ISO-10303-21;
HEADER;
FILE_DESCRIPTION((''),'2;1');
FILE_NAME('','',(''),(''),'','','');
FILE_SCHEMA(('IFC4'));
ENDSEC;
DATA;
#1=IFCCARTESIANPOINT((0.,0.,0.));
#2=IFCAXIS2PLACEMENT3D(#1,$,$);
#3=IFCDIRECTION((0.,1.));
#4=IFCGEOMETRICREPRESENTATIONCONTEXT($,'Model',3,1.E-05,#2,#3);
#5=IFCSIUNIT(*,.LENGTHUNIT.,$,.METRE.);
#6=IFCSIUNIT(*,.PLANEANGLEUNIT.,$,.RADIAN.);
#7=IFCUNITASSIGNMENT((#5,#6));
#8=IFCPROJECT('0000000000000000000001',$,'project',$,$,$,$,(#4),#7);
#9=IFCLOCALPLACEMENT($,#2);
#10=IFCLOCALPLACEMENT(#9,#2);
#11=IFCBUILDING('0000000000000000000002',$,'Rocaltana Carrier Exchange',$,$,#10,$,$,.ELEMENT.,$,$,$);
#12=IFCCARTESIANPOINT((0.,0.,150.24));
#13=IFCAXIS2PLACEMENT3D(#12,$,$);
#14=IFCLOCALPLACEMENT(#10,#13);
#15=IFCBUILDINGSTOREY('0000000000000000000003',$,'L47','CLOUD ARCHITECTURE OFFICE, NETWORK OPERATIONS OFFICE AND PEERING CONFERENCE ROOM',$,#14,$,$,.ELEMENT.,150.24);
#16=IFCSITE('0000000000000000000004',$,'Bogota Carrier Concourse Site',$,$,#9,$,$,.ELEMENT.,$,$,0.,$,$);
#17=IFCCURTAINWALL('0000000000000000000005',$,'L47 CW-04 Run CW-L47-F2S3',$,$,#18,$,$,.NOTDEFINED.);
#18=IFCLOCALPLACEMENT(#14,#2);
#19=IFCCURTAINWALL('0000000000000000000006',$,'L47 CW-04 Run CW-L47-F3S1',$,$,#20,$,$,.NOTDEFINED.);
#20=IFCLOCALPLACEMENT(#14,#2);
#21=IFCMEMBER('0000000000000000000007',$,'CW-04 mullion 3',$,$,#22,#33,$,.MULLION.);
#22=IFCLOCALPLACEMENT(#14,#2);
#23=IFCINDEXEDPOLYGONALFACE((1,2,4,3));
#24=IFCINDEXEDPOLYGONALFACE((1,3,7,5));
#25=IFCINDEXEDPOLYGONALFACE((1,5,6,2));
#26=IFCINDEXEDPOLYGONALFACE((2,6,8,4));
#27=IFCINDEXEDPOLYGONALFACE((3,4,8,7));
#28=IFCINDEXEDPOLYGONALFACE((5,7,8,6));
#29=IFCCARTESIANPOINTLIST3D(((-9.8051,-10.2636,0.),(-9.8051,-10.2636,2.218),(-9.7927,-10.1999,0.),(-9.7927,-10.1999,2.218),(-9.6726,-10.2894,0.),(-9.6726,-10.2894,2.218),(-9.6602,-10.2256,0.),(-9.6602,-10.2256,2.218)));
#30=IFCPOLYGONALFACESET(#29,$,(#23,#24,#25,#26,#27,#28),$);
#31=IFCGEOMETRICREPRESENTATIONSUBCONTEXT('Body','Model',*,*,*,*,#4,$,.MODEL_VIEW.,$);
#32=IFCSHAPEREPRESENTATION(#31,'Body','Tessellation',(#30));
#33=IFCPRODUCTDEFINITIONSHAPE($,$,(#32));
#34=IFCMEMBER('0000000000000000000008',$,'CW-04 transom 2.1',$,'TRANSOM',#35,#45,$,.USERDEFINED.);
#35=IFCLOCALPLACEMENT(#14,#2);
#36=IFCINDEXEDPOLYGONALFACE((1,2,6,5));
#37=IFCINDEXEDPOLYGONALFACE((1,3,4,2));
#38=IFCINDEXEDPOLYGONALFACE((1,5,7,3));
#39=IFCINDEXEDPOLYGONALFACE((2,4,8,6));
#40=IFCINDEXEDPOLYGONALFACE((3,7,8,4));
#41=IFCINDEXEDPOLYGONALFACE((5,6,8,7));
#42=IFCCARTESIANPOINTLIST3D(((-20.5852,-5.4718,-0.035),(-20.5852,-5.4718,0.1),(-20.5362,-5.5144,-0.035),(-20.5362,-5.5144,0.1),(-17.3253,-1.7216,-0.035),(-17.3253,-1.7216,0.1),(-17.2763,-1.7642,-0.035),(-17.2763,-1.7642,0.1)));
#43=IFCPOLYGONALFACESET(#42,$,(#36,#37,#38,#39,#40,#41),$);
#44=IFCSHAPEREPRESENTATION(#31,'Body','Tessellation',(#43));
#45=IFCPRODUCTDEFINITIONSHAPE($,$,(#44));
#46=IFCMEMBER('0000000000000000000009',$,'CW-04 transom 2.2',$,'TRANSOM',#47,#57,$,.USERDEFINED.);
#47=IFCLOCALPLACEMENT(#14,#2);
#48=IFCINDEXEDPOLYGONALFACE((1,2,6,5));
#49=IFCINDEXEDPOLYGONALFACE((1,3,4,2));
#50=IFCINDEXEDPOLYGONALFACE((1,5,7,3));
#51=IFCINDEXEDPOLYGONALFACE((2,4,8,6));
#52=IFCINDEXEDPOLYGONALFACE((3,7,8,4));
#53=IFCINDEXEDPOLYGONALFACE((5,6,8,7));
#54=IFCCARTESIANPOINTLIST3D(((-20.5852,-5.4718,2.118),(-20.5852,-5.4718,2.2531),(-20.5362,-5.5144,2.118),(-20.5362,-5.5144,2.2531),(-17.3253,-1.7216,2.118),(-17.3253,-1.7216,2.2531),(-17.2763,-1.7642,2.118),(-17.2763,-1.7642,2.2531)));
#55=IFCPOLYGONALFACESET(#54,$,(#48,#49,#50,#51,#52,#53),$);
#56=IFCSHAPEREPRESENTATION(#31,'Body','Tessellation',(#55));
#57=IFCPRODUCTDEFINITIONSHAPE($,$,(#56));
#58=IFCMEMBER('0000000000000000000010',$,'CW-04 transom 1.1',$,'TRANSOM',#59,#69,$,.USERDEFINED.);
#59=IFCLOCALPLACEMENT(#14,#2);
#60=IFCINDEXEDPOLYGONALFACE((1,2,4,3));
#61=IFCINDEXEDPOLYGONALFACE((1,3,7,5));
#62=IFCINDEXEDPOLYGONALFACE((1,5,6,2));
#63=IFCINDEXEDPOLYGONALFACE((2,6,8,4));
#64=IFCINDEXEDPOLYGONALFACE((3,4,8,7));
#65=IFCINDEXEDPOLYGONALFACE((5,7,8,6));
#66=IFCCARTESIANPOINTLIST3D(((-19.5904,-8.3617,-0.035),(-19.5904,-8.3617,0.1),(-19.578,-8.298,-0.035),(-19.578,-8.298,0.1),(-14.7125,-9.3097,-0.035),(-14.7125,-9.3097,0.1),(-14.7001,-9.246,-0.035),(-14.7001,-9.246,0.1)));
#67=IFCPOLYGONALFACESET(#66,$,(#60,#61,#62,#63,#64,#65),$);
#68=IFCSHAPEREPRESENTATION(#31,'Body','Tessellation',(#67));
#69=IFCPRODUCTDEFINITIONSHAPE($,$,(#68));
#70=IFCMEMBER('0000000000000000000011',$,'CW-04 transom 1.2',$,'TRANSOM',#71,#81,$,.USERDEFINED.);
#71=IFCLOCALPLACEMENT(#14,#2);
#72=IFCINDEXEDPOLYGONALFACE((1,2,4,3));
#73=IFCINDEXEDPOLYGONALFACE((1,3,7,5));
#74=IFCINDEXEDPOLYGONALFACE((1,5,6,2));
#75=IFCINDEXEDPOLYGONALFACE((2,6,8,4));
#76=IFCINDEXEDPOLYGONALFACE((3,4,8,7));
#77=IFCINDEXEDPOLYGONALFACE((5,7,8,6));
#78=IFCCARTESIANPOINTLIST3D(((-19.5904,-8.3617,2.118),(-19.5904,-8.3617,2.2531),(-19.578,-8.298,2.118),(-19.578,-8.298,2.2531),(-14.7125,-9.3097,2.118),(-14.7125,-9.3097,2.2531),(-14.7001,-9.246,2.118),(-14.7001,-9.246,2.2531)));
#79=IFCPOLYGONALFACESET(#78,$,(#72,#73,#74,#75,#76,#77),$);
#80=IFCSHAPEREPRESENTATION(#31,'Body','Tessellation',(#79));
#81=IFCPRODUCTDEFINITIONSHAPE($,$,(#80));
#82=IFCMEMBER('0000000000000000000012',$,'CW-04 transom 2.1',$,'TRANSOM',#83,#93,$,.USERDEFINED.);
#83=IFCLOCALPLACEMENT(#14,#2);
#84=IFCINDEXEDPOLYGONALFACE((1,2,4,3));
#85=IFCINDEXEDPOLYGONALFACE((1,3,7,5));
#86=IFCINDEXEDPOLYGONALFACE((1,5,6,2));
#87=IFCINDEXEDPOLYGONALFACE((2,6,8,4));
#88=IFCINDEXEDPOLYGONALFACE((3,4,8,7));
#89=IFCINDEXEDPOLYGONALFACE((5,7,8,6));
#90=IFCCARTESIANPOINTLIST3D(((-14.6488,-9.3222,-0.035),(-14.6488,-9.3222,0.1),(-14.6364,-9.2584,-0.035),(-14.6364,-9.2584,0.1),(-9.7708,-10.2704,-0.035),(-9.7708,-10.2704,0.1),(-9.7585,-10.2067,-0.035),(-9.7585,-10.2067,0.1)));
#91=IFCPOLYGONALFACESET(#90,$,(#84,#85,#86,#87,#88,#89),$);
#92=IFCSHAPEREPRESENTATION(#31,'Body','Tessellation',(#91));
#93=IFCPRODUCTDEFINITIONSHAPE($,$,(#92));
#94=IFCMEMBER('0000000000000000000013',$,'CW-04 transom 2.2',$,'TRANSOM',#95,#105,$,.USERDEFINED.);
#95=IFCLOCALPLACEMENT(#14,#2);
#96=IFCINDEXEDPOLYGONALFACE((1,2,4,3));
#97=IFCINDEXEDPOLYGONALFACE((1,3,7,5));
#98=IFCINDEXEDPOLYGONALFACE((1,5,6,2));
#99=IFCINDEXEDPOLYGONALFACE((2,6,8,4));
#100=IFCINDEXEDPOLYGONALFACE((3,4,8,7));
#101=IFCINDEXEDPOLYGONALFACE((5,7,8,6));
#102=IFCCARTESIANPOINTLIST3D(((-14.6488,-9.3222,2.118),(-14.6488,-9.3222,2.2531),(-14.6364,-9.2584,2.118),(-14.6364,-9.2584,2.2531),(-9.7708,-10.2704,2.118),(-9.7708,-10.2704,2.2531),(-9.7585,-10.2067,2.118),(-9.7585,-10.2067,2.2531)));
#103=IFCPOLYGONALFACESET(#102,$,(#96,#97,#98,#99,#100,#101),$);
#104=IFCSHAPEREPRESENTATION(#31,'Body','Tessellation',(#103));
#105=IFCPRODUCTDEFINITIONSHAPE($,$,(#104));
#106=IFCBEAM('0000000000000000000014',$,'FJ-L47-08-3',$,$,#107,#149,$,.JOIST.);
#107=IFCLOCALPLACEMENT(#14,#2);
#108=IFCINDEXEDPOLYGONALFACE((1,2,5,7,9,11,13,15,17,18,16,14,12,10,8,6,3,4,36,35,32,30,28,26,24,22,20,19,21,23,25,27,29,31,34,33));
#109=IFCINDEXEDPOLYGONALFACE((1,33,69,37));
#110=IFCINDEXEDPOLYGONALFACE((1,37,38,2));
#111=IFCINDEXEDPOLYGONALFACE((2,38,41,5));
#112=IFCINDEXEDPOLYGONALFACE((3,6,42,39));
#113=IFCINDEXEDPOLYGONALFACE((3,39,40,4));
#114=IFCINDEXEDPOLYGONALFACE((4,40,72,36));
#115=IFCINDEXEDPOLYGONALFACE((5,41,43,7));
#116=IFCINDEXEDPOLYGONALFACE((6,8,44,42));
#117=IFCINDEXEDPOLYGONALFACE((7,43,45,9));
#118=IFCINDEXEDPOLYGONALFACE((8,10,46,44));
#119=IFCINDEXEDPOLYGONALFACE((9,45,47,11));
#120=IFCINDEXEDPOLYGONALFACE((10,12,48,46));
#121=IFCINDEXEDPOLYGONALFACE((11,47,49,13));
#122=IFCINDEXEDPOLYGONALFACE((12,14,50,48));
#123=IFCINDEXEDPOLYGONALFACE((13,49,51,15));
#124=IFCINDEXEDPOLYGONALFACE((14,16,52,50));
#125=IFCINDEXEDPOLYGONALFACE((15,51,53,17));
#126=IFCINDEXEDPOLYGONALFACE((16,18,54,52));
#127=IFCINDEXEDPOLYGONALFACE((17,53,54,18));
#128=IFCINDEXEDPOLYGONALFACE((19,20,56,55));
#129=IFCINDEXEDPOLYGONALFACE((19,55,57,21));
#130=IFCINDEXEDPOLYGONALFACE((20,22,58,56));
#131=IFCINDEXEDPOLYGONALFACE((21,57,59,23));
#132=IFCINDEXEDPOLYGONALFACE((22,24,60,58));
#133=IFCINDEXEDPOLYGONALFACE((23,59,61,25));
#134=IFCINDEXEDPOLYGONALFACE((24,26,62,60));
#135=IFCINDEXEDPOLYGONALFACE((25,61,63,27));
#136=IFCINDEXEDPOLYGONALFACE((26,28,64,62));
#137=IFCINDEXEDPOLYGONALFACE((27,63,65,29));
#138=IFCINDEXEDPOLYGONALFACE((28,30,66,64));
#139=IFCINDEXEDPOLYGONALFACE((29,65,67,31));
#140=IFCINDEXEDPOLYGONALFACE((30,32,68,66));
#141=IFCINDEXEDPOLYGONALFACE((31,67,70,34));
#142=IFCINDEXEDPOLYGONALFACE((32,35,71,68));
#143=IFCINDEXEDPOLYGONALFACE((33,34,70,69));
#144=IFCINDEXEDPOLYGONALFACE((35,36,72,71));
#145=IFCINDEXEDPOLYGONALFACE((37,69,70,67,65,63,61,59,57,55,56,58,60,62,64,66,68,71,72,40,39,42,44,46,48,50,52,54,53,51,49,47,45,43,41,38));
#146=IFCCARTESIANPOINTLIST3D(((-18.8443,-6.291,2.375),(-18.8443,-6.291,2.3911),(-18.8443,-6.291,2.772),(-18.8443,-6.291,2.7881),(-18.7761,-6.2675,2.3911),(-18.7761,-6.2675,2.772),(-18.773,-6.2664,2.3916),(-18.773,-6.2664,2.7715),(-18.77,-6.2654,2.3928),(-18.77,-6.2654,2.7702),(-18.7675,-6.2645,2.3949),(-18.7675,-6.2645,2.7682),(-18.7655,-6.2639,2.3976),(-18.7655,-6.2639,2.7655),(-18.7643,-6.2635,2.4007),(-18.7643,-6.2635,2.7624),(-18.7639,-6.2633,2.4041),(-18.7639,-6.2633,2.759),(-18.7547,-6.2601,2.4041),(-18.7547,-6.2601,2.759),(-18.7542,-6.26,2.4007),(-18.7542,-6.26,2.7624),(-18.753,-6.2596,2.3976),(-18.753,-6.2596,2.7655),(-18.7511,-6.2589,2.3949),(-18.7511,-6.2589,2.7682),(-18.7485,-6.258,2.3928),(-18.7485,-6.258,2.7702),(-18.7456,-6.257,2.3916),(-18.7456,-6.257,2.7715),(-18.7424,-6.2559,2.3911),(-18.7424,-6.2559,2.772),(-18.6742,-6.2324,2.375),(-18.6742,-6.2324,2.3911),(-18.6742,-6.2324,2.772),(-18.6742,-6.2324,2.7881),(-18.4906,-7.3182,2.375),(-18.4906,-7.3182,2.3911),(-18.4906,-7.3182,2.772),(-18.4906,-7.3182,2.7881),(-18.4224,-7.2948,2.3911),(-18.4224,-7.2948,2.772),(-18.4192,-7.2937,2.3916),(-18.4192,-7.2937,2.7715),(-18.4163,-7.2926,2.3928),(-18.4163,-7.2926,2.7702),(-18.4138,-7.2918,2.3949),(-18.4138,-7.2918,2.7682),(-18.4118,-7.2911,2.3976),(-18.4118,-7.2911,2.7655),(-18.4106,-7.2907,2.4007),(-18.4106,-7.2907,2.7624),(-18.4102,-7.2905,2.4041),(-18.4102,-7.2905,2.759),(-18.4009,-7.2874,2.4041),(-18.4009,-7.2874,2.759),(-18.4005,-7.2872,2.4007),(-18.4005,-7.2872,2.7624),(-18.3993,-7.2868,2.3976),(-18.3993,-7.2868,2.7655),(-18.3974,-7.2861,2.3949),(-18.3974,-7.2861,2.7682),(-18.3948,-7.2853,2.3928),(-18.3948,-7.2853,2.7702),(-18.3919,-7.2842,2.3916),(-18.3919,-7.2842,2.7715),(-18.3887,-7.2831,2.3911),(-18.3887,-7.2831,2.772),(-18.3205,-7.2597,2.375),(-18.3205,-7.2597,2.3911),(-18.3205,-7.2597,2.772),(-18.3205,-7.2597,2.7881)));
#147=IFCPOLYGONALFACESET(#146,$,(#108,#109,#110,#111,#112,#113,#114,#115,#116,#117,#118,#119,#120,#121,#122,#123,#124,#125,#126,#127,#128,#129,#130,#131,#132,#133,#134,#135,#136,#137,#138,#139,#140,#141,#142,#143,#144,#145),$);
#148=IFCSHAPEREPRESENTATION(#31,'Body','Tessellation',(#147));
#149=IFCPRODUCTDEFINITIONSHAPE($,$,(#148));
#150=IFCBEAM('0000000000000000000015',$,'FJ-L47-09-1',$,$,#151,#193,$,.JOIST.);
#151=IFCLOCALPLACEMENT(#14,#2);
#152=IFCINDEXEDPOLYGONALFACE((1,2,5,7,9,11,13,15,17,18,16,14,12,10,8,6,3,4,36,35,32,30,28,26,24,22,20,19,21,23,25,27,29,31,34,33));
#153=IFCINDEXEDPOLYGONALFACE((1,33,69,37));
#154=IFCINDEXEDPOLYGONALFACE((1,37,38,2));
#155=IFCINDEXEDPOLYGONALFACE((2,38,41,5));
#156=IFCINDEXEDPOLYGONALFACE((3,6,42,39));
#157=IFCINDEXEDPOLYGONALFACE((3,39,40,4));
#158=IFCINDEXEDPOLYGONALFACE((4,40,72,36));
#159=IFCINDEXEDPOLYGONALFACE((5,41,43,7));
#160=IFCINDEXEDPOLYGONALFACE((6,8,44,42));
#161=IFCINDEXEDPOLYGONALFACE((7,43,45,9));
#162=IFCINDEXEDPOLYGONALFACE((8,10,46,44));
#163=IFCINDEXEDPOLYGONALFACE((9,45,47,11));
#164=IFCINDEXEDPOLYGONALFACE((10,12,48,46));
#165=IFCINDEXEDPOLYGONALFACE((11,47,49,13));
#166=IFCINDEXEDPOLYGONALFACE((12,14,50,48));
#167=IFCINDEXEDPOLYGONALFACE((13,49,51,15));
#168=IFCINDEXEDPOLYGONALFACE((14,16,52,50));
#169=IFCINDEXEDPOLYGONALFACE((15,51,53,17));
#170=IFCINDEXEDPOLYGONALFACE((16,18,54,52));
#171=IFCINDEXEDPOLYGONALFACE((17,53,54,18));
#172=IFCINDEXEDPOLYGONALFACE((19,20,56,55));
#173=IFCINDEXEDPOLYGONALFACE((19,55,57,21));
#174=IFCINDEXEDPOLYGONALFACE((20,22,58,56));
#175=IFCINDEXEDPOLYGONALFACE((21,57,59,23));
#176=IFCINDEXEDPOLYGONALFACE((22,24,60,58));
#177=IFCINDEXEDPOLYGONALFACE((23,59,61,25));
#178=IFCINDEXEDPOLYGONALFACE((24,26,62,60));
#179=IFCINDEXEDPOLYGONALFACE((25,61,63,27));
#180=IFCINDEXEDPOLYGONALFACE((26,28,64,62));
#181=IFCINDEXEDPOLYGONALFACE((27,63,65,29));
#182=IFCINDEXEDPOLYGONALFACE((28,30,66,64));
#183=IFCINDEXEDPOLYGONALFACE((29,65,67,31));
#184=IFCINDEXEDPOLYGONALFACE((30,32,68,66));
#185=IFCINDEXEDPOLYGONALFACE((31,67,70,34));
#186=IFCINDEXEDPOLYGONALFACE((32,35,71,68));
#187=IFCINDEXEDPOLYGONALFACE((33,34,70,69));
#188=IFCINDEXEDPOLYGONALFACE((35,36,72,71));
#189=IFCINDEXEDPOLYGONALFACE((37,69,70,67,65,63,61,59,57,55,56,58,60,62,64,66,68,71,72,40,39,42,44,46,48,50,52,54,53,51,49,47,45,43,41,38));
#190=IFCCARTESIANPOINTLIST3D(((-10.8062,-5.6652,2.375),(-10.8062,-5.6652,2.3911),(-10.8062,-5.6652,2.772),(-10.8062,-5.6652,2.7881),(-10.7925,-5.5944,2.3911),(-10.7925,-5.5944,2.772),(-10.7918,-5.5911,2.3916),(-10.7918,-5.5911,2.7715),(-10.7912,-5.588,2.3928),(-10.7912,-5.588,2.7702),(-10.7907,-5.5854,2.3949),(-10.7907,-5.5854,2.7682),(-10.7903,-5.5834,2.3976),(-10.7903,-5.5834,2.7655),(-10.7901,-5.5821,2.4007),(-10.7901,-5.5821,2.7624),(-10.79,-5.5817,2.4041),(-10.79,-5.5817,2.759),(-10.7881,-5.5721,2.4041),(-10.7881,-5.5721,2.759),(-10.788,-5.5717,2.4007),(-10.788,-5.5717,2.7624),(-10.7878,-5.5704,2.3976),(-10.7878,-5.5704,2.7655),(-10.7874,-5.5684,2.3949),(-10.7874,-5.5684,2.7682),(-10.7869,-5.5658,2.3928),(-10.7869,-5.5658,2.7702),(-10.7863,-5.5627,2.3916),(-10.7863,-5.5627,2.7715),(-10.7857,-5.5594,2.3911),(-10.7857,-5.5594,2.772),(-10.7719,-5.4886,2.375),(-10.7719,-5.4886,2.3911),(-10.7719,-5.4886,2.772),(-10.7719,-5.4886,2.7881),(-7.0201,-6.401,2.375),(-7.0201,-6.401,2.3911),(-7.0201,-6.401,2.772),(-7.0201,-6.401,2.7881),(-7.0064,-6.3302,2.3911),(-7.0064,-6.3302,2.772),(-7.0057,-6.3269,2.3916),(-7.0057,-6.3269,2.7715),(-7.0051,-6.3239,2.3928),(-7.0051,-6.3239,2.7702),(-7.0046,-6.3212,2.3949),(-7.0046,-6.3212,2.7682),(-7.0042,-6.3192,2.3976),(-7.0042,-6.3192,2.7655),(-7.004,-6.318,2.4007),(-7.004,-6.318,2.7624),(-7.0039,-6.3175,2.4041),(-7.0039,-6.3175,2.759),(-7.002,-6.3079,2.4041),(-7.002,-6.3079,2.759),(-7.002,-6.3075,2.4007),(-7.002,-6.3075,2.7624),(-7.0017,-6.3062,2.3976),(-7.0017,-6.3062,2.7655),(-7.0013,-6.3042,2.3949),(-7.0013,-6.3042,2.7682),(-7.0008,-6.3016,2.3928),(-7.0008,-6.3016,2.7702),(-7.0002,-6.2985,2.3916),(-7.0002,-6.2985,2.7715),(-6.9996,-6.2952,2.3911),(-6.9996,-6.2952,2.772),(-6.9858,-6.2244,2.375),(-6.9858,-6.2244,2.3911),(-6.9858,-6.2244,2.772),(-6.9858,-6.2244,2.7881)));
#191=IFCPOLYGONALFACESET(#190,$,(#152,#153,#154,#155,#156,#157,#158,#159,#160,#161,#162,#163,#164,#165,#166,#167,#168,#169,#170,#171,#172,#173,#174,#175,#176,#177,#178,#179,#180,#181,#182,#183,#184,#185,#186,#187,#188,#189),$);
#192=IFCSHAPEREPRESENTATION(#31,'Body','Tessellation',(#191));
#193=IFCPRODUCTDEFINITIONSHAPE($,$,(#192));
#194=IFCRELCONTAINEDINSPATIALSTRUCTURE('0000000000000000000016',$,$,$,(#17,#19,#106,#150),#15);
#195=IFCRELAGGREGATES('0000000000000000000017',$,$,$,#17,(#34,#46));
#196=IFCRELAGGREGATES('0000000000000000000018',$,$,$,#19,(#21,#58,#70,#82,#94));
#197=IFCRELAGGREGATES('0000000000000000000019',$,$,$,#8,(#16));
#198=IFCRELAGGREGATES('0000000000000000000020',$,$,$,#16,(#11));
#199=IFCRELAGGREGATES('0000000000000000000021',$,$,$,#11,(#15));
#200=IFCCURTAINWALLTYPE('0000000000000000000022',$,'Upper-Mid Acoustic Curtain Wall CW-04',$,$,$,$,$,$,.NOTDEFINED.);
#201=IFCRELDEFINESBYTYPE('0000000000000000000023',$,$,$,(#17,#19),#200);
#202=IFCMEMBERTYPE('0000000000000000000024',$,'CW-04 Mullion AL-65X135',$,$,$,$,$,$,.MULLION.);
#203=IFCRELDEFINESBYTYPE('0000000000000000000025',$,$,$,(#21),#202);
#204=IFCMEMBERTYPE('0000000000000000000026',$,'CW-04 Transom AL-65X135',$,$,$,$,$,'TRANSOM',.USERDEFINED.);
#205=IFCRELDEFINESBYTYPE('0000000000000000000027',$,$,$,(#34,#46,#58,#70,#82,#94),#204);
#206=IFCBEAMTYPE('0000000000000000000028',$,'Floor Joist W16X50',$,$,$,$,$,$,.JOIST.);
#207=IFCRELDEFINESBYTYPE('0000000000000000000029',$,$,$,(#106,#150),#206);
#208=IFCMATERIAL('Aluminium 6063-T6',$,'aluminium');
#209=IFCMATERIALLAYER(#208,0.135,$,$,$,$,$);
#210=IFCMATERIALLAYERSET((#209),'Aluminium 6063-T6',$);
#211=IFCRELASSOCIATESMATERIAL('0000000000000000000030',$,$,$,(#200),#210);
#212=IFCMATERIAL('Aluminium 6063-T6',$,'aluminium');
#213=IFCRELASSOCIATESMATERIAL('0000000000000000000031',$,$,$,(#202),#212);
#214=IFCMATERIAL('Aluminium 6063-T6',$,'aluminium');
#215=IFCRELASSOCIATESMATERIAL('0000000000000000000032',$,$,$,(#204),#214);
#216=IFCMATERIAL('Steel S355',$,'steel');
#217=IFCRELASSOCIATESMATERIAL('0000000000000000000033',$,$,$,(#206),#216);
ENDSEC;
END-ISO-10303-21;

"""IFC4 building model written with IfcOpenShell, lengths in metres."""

from ifc_helpers import new_model, si_unit, direction, frame, origin, origin_2d, place, context, subcontext, project, spatial, rectangle, i_section, extrude, material, layer, layer_set, material_profile, profile_set, type_object, element, aggregate, save


model = new_model("IFC4")

# Units and contexts
model_context = context("Model", 3, precision=1e-05, world=origin(), true_north=direction((0.0, 1.0)))
body_context = subcontext(model_context, "Body", "Model", "MODEL_VIEW")
ifc_project = project(units=[si_unit("LENGTHUNIT", "METRE"), si_unit("PLANEANGLEUNIT", "RADIAN")], contexts=[model_context])

# Site, building, storey
site_placement = place(None, origin())
site = spatial("IfcSite", under=ifc_project, at=site_placement, Name="Bogota Carrier Concourse Site", CompositionType="ELEMENT", RefElevation=0.0)
building_placement = place(site_placement, origin())
building = spatial("IfcBuilding", under=site, at=building_placement, Name="Rocaltana Carrier Exchange", CompositionType="ELEMENT")
storey_placement = place(building_placement, frame((0.0, 0.0, 150.24)))
storey = spatial("IfcBuildingStorey", under=building, at=storey_placement, Name="L47", Description="CLOUD ARCHITECTURE OFFICE, NETWORK OPERATIONS OFFICE AND PEERING CONFERENCE ROOM", CompositionType="ELEMENT", Elevation=150.24)

# Curtain walls, member
ifc_material_1 = material(Name="Aluminium 6063-T6", Category="aluminium")
ifc_layer_1 = layer(ifc_material_1, 0.135)
ifc_layer_set_1 = layer_set([ifc_layer_1], Name="Aluminium 6063-T6")
curtain_wall_type = type_object("IfcCurtainWallType", Name="Upper-Mid Acoustic Curtain Wall CW-04", PredefinedType="NOTDEFINED", material=ifc_layer_set_1)
curtain_wall_1_placement = place(storey_placement, origin())
curtain_wall_1 = element("IfcCurtainWall", 1, at=curtain_wall_1_placement, inside=storey, type_object=curtain_wall_type, Name="L47 CW-04 Run CW-L47-F2S3", PredefinedType="NOTDEFINED")
ifc_material_2 = material(Name="Aluminium 6063-T6", Category="aluminium")
ifc_material_profile_1 = material_profile(ifc_material_2, rectangle(XDim=0.0649, YDim=0.135, at=origin_2d()), Name="AL-65X135")
ifc_profile_set_1 = profile_set([ifc_material_profile_1], Name="Aluminium 6063-T6")
member_type_1 = type_object("IfcMemberType", Name="CW-04 Mullion AL-65X135", PredefinedType="MULLION", material=ifc_profile_set_1)
curtain_wall_2_placement = place(storey_placement, origin())
curtain_wall_2 = element("IfcCurtainWall", 2, at=curtain_wall_2_placement, inside=storey, type_object=curtain_wall_type, Name="L47 CW-04 Run CW-L47-F3S1", PredefinedType="NOTDEFINED")
member_1_placement = place(storey_placement, frame((-9.7327, -10.2446, 0.0), z_axis=(0.0, 0.0, 1.0), x_axis=(0.190803, 0.981628, 0.0)))
member_1 = element("IfcMember", 3, at=member_1_placement, type_object=member_type_1, Name="CW-04 mullion 3", PredefinedType="MULLION", context=body_context, shape_type="SweptSolid", body=[
    extrude(rectangle(XDim=0.0649, YDim=0.135, at=origin_2d()), origin(), (0.0, 0.0, 1.0), 2.218),
])

# Members
ifc_material_3 = material(Name="Aluminium 6063-T6", Category="aluminium")
ifc_material_profile_2 = material_profile(ifc_material_3, rectangle(XDim=0.0649, YDim=0.135, at=origin_2d()), Name="AL-65X135")
ifc_profile_set_2 = profile_set([ifc_material_profile_2], Name="Aluminium 6063-T6")
member_type_2 = type_object("IfcMemberType", Name="CW-04 Transom AL-65X135", ElementType="TRANSOM", PredefinedType="USERDEFINED", material=ifc_profile_set_2)
member_2_placement = place(storey_placement, frame((-17.3008, -1.7429, 0.0325), z_axis=(-0.656056, -0.754712, 0.0), x_axis=(0.754712, -0.656056, 0.0)))
member_2 = element("IfcMember", 4, at=member_2_placement, type_object=member_type_2, Name="CW-04 transom 2.1", ObjectType="TRANSOM", PredefinedType="USERDEFINED", context=body_context, shape_type="SweptSolid", body=[
    extrude(rectangle(XDim=0.0649, YDim=0.135, at=origin_2d()), origin(), (0.0, 0.0, 1.0), 4.969),
])
member_3_placement = place(storey_placement, frame((-17.3008, -1.7429, 2.1855), z_axis=(-0.656056, -0.754712, 0.0), x_axis=(0.754712, -0.656056, 0.0)))
member_3 = element("IfcMember", 5, at=member_3_placement, type_object=member_type_2, Name="CW-04 transom 2.2", ObjectType="TRANSOM", PredefinedType="USERDEFINED", context=body_context, shape_type="SweptSolid", body=[
    extrude(rectangle(XDim=0.0649, YDim=0.135, at=origin_2d()), origin(), (0.0, 0.0, 1.0), 4.969),
])
member_4_placement = place(storey_placement, frame((-19.5842, -8.3298, 0.0325), z_axis=(0.981634, -0.190775, 0.0), x_axis=(0.190775, 0.981634, 0.0)))
member_4 = element("IfcMember", 6, at=member_4_placement, type_object=member_type_2, Name="CW-04 transom 1.1", ObjectType="TRANSOM", PredefinedType="USERDEFINED", context=body_context, shape_type="SweptSolid", body=[
    extrude(rectangle(XDim=0.0649, YDim=0.135, at=origin_2d()), origin(), (0.0, 0.0, 1.0), 4.9692),
])
member_5_placement = place(storey_placement, frame((-19.5842, -8.3298, 2.1855), z_axis=(0.981634, -0.190775, 0.0), x_axis=(0.190775, 0.981634, 0.0)))
member_5 = element("IfcMember", 7, at=member_5_placement, type_object=member_type_2, Name="CW-04 transom 1.2", ObjectType="TRANSOM", PredefinedType="USERDEFINED", context=body_context, shape_type="SweptSolid", body=[
    extrude(rectangle(XDim=0.0649, YDim=0.135, at=origin_2d()), origin(), (0.0, 0.0, 1.0), 4.9692),
])
member_6_placement = place(storey_placement, frame((-14.6426, -9.2903, 0.0325), z_axis=(0.981625, -0.190822, 0.0), x_axis=(0.190822, 0.981625, 0.0)))
member_6 = element("IfcMember", 8, at=member_6_placement, type_object=member_type_2, Name="CW-04 transom 2.1", ObjectType="TRANSOM", PredefinedType="USERDEFINED", context=body_context, shape_type="SweptSolid", body=[
    extrude(rectangle(XDim=0.0649, YDim=0.135, at=origin_2d()), origin(), (0.0, 0.0, 1.0), 4.9692),
])
member_7_placement = place(storey_placement, frame((-14.6426, -9.2903, 2.1855), z_axis=(0.981625, -0.190822, 0.0), x_axis=(0.190822, 0.981625, 0.0)))
member_7 = element("IfcMember", 9, at=member_7_placement, type_object=member_type_2, Name="CW-04 transom 2.2", ObjectType="TRANSOM", PredefinedType="USERDEFINED", context=body_context, shape_type="SweptSolid", body=[
    extrude(rectangle(XDim=0.0649, YDim=0.135, at=origin_2d()), origin(), (0.0, 0.0, 1.0), 4.9692),
])

# Beams
ifc_material_4 = material(Name="Steel S355", Category="steel")
ifc_material_profile_3 = material_profile(ifc_material_4, i_section(OverallWidth=0.1799, OverallDepth=0.4131, WebThickness=0.0098, FlangeThickness=0.0161, FilletRadius=0.0129, at=origin_2d()), Name="W16X50")
ifc_profile_set_3 = profile_set([ifc_material_profile_3], Name="Steel S355")
beam_type_1 = type_object("IfcBeamType", Name="Floor Joist W16X50", PredefinedType="JOIST", material=ifc_profile_set_3)
beam_1_placement = place(storey_placement, frame((-18.7593, -6.2617, 2.5815), z_axis=(0.325582, -0.945514, 0.0), x_axis=(0.945514, 0.325582, 0.0)))
element("IfcBeam", 10, at=beam_1_placement, inside=storey, type_object=beam_type_1, Name="FJ-L47-08-3", PredefinedType="JOIST", context=body_context, shape_type="SweptSolid", body=[
    extrude(i_section(OverallWidth=0.1799, OverallDepth=0.4131, WebThickness=0.0098, FlangeThickness=0.0161, FilletRadius=0.0129, at=origin_2d()), origin(), (0.0, 0.0, 1.0), 1.0864),
])
beam_2_placement = place(storey_placement, frame((-10.7891, -5.5769, 2.5815), z_axis=(0.981633, -0.190782, 0.0), x_axis=(0.190782, 0.981633, 0.0)))
element("IfcBeam", 11, at=beam_2_placement, inside=storey, type_object=beam_type_1, Name="FJ-L47-09-1", PredefinedType="JOIST", context=body_context, shape_type="SweptSolid", body=[
    extrude(i_section(OverallWidth=0.1799, OverallDepth=0.4131, WebThickness=0.0098, FlangeThickness=0.0161, FilletRadius=0.0129, at=origin_2d()), origin(), (0.0, 0.0, 1.0), 3.8569),
])

aggregate(curtain_wall_1, [member_2, member_3])
aggregate(curtain_wall_2, [member_1, member_4, member_5, member_6, member_7])

save(model, "model.ifc")
